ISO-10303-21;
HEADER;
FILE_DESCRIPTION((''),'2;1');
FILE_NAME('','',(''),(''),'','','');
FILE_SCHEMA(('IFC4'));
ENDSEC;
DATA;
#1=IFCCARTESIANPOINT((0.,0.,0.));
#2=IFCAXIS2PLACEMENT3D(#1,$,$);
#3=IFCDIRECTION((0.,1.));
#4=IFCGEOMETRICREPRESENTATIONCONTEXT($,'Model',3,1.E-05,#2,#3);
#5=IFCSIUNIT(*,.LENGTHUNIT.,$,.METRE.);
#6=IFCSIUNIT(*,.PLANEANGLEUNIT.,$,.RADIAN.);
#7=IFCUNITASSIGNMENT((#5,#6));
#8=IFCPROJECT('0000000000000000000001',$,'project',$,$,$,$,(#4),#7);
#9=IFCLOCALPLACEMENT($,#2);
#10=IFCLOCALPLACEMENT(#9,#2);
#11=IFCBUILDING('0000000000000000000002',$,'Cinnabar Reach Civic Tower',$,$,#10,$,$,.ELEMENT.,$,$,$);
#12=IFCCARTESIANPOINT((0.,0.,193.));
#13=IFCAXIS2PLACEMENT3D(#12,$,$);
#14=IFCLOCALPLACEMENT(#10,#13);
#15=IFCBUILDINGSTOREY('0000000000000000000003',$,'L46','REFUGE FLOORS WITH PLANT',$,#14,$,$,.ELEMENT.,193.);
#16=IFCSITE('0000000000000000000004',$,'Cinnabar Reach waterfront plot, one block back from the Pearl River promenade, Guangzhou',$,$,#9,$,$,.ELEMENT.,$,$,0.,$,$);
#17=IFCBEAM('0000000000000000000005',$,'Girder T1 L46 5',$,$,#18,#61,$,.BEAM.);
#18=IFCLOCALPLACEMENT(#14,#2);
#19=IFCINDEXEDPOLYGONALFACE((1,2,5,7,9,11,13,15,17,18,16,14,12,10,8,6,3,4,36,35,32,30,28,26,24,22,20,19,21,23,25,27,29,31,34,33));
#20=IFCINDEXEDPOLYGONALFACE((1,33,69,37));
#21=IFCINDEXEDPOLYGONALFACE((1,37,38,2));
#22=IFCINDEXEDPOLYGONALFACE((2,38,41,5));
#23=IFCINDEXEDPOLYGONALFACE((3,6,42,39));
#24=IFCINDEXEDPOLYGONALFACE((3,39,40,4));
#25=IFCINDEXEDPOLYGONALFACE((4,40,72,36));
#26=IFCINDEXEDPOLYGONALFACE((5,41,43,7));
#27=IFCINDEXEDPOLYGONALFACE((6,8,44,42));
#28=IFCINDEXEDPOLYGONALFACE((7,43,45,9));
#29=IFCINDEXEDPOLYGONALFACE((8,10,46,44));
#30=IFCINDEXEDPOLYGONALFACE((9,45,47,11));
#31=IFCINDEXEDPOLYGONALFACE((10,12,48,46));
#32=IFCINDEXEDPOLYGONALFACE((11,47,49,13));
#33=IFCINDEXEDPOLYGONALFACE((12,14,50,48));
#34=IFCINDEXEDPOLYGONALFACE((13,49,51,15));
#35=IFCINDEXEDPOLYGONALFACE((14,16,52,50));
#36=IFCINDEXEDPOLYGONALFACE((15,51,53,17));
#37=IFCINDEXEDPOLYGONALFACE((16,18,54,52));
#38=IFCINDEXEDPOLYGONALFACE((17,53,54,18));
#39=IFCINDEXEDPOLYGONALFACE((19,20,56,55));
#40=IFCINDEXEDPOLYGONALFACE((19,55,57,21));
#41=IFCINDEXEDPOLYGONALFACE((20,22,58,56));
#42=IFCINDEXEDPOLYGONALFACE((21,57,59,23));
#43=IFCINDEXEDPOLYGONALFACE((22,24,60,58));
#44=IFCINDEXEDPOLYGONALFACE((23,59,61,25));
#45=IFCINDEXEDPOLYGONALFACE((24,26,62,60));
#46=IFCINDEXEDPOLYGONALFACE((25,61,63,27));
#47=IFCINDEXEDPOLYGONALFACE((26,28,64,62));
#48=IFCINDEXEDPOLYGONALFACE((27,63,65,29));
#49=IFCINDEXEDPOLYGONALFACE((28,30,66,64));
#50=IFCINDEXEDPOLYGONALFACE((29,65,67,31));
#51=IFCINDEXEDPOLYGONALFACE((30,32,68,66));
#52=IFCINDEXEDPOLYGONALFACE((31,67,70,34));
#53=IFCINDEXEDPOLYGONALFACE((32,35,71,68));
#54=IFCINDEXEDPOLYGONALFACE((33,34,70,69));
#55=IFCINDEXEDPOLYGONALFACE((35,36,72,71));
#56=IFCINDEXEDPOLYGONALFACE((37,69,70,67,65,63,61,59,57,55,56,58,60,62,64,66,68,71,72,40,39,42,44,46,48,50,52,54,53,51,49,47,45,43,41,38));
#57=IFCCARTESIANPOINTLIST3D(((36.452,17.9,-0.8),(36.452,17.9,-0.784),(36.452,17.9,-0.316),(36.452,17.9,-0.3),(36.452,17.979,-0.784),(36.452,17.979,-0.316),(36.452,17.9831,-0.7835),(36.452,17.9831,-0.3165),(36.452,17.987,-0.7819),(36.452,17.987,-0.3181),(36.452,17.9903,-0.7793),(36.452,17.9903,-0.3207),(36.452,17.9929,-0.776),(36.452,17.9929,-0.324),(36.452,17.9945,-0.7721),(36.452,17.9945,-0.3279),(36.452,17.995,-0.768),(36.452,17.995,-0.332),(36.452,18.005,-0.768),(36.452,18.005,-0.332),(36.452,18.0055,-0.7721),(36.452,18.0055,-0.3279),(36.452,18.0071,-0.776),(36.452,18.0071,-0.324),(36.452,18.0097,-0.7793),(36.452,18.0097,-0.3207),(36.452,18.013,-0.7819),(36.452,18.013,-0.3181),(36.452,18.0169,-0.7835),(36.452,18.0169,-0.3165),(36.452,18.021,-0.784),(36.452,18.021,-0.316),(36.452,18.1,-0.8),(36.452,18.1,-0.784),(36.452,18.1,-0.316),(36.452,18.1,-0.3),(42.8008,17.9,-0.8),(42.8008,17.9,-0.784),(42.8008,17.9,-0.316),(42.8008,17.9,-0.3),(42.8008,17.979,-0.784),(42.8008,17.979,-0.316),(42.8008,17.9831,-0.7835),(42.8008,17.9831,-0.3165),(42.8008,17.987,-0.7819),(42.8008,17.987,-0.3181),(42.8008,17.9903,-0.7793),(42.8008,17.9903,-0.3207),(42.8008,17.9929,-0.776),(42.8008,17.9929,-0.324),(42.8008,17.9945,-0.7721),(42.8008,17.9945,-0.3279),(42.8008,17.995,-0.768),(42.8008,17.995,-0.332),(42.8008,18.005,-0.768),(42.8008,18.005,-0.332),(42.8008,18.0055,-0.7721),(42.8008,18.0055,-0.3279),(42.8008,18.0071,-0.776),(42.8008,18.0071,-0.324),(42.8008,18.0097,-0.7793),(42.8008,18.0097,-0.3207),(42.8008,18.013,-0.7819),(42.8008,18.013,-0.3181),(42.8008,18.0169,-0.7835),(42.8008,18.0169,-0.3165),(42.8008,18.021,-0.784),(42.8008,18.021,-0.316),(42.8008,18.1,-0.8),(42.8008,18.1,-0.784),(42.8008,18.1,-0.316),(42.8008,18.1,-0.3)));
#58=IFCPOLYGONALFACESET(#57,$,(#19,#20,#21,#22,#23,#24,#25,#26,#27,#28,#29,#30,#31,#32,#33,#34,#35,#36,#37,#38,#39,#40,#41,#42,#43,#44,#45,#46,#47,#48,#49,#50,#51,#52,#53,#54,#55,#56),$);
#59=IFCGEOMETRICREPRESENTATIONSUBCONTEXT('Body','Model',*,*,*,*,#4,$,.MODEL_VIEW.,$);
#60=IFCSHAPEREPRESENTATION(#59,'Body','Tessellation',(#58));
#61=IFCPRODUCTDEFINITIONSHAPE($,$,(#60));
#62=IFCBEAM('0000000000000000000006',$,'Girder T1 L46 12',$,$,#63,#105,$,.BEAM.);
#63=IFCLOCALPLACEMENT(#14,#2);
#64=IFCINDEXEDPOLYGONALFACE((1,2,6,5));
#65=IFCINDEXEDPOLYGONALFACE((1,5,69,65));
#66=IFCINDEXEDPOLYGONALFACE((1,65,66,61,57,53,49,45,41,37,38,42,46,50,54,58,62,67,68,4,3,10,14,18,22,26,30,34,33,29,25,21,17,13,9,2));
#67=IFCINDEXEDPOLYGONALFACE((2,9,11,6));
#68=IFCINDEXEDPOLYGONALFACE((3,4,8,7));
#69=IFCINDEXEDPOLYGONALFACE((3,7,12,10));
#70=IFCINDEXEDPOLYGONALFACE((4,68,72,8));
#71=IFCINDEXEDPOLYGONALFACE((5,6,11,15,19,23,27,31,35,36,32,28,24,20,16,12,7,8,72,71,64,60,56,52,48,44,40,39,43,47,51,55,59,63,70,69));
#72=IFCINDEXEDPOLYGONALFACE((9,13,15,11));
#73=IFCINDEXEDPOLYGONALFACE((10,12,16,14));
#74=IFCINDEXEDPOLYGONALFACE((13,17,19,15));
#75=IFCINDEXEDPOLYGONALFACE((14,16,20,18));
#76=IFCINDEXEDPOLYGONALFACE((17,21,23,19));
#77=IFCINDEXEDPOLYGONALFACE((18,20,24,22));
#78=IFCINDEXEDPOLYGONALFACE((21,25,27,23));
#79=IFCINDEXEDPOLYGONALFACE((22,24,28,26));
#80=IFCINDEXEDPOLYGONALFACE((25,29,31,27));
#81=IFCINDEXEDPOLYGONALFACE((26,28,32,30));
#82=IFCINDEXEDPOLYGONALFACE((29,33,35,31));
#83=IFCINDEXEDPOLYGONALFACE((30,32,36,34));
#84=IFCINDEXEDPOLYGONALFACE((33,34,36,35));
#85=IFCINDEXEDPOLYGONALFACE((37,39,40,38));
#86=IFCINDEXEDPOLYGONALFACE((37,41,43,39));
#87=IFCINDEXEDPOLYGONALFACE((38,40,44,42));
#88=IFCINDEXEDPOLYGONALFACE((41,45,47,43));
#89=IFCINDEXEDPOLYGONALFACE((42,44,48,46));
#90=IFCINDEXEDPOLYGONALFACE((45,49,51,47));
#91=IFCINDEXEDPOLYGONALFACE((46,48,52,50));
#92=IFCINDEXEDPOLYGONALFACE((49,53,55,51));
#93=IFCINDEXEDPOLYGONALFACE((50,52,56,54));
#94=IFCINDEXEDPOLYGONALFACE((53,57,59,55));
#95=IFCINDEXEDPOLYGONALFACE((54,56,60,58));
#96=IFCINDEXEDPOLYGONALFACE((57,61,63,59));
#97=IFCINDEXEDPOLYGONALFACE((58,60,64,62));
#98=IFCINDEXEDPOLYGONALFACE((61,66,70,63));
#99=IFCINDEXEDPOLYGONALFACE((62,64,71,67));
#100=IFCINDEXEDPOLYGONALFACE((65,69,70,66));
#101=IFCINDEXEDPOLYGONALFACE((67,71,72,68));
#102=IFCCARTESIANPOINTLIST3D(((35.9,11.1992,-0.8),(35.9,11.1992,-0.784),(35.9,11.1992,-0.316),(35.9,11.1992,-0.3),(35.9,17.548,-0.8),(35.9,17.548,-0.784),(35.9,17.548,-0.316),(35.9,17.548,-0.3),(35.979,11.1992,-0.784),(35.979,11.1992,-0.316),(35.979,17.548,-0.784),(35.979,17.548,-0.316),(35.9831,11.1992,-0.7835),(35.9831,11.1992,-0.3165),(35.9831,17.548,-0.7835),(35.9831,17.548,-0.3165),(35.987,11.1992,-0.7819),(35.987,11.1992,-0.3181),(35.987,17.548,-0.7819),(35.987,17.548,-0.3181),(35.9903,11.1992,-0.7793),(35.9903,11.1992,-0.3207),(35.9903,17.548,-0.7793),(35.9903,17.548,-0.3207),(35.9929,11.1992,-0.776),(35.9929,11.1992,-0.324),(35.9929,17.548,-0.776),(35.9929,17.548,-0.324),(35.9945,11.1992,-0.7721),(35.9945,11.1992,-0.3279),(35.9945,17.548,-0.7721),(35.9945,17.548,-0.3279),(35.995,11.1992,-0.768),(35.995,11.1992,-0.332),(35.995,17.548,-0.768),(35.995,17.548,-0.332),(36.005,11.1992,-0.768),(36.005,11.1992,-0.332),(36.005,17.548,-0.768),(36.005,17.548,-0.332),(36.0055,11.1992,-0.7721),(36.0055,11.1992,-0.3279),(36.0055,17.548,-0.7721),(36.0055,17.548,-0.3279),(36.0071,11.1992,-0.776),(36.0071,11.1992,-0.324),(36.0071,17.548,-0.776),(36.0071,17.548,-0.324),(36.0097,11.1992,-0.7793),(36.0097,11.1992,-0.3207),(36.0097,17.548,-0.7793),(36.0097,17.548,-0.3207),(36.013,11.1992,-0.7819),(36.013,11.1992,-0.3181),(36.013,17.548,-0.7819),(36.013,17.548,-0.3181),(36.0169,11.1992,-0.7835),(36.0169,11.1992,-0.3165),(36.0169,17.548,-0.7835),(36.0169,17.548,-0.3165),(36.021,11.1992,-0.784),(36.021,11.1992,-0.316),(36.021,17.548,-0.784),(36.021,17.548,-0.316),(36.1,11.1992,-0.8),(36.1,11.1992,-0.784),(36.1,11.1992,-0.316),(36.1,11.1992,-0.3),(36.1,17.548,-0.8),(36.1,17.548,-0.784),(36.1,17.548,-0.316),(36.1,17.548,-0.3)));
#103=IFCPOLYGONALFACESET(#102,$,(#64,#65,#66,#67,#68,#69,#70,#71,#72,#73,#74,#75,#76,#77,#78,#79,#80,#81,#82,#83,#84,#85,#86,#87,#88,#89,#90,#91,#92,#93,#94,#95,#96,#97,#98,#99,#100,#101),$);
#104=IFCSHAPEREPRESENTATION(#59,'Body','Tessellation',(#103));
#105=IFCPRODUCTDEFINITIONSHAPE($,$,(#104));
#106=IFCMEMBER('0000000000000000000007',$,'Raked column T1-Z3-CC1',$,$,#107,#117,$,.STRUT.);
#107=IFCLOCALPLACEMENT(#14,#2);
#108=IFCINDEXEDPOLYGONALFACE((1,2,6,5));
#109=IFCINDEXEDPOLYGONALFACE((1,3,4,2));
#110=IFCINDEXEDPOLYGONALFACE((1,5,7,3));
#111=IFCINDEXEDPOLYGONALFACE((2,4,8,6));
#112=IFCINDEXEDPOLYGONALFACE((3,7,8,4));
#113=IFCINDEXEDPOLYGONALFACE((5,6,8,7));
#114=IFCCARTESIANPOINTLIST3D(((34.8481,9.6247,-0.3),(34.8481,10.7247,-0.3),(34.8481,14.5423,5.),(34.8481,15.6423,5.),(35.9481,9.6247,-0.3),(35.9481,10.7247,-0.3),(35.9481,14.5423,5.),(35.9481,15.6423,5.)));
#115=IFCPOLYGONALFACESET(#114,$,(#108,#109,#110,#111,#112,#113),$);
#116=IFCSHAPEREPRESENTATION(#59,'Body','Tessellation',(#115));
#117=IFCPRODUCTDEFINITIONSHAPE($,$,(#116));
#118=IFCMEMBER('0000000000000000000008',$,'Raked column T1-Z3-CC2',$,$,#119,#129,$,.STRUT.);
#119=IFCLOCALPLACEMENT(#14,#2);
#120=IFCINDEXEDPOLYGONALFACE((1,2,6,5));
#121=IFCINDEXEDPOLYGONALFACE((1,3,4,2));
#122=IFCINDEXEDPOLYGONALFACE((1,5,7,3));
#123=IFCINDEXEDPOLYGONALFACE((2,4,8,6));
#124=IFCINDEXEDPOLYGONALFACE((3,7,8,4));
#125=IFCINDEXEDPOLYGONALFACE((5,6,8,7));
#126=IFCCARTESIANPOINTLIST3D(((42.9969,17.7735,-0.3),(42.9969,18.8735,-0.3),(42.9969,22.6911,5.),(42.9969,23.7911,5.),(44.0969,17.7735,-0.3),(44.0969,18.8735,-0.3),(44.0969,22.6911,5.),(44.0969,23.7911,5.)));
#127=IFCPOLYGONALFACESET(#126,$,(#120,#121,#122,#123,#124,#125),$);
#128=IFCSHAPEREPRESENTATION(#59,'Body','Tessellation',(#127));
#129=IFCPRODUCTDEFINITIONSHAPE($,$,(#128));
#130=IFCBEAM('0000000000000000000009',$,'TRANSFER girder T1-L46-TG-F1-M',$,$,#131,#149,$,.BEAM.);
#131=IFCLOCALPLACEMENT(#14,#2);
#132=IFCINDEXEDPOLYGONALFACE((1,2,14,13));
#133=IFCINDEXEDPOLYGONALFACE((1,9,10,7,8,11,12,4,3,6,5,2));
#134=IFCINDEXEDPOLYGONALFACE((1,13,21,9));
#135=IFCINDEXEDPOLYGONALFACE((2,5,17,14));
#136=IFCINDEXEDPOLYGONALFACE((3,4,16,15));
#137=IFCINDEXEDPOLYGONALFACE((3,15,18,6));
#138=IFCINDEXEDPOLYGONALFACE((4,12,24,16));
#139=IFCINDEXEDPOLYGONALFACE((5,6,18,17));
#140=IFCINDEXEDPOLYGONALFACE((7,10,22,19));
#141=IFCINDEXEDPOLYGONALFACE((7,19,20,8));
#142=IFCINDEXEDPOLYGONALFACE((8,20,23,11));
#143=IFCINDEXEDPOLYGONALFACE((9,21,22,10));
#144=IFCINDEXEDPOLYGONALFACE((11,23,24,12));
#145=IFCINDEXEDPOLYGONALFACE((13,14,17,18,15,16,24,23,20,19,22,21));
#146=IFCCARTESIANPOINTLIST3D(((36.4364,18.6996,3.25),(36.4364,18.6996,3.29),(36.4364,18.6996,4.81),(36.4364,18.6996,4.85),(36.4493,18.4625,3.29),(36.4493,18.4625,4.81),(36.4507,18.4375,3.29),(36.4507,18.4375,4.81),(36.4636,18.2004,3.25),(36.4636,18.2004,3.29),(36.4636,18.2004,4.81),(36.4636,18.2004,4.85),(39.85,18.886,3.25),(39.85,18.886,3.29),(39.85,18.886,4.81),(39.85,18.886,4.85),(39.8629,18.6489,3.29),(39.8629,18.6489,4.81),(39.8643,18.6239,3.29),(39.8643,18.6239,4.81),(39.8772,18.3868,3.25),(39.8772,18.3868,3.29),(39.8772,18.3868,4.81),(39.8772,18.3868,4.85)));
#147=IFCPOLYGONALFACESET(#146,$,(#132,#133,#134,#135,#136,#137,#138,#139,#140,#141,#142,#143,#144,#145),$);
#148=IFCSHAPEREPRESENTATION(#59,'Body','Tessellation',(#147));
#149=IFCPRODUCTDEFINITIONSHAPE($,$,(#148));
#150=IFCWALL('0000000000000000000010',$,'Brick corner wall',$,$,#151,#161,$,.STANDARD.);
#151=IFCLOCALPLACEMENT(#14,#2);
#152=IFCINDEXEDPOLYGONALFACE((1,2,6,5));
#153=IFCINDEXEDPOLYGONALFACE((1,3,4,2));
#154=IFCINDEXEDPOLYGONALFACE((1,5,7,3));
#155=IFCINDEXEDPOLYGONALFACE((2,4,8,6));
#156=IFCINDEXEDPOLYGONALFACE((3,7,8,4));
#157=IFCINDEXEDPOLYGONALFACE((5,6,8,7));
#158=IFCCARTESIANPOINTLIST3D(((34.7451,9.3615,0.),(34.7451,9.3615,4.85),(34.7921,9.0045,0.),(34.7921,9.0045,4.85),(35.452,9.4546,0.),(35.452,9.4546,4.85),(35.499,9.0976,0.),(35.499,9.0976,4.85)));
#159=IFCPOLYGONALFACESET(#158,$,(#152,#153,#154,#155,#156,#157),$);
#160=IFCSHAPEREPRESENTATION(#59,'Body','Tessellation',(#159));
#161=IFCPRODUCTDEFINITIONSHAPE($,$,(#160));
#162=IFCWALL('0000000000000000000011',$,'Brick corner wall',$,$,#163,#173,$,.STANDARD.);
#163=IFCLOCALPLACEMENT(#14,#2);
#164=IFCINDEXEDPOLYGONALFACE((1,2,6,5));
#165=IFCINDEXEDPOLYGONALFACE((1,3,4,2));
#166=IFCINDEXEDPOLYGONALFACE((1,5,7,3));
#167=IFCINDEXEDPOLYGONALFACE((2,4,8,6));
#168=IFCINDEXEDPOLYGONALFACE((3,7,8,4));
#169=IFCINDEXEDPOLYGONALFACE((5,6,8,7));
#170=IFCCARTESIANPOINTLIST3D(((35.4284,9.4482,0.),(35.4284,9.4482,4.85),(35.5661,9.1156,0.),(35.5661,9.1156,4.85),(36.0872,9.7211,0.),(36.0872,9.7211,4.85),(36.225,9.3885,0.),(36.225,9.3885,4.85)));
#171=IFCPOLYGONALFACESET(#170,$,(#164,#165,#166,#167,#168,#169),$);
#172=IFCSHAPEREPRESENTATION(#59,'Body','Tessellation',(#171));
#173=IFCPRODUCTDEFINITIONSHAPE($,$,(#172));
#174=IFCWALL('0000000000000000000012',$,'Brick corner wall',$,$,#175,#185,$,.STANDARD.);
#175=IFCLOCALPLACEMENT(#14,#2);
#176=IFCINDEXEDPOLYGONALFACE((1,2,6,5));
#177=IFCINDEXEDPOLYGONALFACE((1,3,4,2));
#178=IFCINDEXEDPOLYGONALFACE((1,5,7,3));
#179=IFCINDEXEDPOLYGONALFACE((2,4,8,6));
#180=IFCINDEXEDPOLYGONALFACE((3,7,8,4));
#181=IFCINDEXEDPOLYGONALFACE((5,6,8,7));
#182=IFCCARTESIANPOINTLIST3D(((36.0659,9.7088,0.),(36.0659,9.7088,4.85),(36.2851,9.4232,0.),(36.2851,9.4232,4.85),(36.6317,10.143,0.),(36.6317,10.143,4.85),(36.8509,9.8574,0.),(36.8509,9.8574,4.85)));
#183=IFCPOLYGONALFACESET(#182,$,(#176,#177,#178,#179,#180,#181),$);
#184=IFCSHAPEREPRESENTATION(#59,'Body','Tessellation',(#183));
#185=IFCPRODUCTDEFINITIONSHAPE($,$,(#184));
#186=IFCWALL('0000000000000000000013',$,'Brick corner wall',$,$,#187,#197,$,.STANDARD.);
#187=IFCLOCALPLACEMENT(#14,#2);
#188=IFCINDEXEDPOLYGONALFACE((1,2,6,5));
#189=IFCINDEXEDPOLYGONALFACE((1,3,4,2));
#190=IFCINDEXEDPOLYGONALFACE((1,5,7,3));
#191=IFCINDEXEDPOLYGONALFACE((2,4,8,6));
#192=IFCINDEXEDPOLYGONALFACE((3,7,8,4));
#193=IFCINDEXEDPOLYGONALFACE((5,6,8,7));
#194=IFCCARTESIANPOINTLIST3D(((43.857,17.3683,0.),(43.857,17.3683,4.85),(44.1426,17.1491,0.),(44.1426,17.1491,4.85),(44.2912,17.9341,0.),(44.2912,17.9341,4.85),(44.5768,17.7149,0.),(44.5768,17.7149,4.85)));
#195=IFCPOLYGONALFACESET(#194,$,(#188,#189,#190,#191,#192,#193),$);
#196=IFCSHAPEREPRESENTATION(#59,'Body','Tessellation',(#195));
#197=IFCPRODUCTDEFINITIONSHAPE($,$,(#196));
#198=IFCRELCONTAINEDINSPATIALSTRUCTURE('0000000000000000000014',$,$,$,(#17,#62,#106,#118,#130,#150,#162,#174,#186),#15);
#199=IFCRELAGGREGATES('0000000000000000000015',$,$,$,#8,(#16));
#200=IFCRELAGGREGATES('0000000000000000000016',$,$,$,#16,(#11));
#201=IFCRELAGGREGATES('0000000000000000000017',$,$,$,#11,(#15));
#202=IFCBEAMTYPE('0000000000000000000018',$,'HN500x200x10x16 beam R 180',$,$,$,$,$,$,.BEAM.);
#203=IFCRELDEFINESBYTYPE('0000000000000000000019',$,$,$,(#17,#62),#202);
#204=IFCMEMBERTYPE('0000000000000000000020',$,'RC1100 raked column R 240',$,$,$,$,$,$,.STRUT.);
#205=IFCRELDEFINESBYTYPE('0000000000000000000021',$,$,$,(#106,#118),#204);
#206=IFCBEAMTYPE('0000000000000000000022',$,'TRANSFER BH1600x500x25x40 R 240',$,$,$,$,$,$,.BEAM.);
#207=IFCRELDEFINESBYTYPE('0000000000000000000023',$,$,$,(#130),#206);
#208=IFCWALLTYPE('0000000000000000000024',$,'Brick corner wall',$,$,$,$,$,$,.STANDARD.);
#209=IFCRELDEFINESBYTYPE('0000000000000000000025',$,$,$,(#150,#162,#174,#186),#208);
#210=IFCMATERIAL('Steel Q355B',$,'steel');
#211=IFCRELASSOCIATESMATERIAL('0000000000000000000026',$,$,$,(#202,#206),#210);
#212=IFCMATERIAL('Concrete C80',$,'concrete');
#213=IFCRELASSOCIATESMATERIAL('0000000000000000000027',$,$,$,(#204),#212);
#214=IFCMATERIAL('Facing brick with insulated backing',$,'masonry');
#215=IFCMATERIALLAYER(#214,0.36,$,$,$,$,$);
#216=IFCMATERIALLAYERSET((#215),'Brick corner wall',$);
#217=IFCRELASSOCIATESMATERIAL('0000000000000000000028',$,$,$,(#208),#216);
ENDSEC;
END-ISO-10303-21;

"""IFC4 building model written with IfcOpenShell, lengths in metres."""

from ifc_helpers import new_model, si_unit, direction, frame, frame_2d, origin, origin_2d, place, context, subcontext, project, spatial, rectangle, i_section, extrude, material, layer, layer_set, material_profile, profile_set, type_object, element, save


model = new_model("IFC4")

# Units and contexts
model_context = context("Model", 3, precision=1e-05, world=origin(), true_north=direction((0.0, 1.0)))
body_context = subcontext(model_context, "Body", "Model", "MODEL_VIEW")
ifc_project = project(units=[si_unit("LENGTHUNIT", "METRE"), si_unit("PLANEANGLEUNIT", "RADIAN")], contexts=[model_context])

# Site, building, storey
site_placement = place(None, origin())
site = spatial("IfcSite", under=ifc_project, at=site_placement, Name="Cinnabar Reach waterfront plot, one block back from the Pearl River promenade, Guangzhou", CompositionType="ELEMENT", RefElevation=0.0)
building_placement = place(site_placement, origin())
building = spatial("IfcBuilding", under=site, at=building_placement, Name="Cinnabar Reach Civic Tower", CompositionType="ELEMENT")
storey_placement = place(building_placement, frame((0.0, 0.0, 193.0)))
storey = spatial("IfcBuildingStorey", under=building, at=storey_placement, Name="L46", Description="REFUGE FLOORS WITH PLANT", CompositionType="ELEMENT", Elevation=193.0)

# Shared definitions
ifc_material_1 = material(Name="Concrete C80", Category="concrete")

# Beams
ifc_material_2 = material(Name="Steel Q355B", Category="steel")
ifc_material_profile_1 = material_profile(ifc_material_2, i_section(OverallWidth=0.2, OverallDepth=0.5, WebThickness=0.01, FlangeThickness=0.016, FilletRadius=0.016, at=origin_2d()), Name="HN500x200x10x16")
ifc_profile_set_1 = profile_set([ifc_material_profile_1], Name="Steel Q355B")
beam_type_1 = type_object("IfcBeamType", Name="HN500x200x10x16 beam R 180", PredefinedType="BEAM", material=ifc_profile_set_1)
for number, where, z_axis, x_axis, name in (
    (1, (36.452, 18.0, -0.55), (1.0, 0.0, 0.0), (0.0, 1.0, 0.0), "Girder T1 L46 5"),
    (2, (36.0, 11.1992, -0.55), (0.0, 1.0, 0.0), (-1.0, 0.0, 0.0), "Girder T1 L46 12"),
):
    element("IfcBeam", number, at=place(storey_placement, frame(where, z_axis=z_axis, x_axis=x_axis)), inside=storey, type_object=beam_type_1, Name=name, PredefinedType="BEAM", context=body_context, shape_type="SweptSolid", body=[
        extrude(i_section(OverallWidth=0.2, OverallDepth=0.5, WebThickness=0.01, FlangeThickness=0.016, FilletRadius=0.016, at=origin_2d()), origin(), (0.0, 0.0, 1.0), 6.3488),
    ])

# Members
ifc_material_profile_2 = material_profile(ifc_material_1, rectangle(XDim=1.1, YDim=1.1, at=origin_2d()), Name="RC1100")
ifc_profile_set_2 = profile_set([ifc_material_profile_2], Name="Concrete C80")
member_type = type_object("IfcMemberType", Name="RC1100 raked column R 240", PredefinedType="STRUT", material=ifc_profile_set_2)
for number, where, z_axis, x_axis, name in (
    (3, (35.3981, 10.1747, -0.3), (0.0, 0.0, 1.0), (1.0, 0.0, 0.0), "Raked column T1-Z3-CC1"),
    (4, (43.5469, 18.3235, -0.3), (0.0, 0.0, 1.0), (1.0, 0.0, 0.0), "Raked column T1-Z3-CC2"),
):
    element("IfcMember", number, at=place(storey_placement, frame(where, z_axis=z_axis, x_axis=x_axis)), inside=storey, type_object=member_type, Name=name, PredefinedType="STRUT", context=body_context, shape_type="SweptSolid", body=[
        extrude(rectangle(XDim=1.1, YDim=1.1, at=origin_2d()), origin(), (0.0, 0.680167, 0.733057), 7.23),
    ])

# Beam
ifc_material_profile_3 = material_profile(ifc_material_2, i_section(OverallWidth=0.5, OverallDepth=1.6, WebThickness=0.025, FlangeThickness=0.04, at=origin_2d()), Name="BH1600x500x25x40")
ifc_profile_set_3 = profile_set([ifc_material_profile_3], Name="Steel Q355B")
beam_type_2 = type_object("IfcBeamType", Name="TRANSFER BH1600x500x25x40 R 240", PredefinedType="BEAM", material=ifc_profile_set_3)
beam_1_placement = place(storey_placement, frame((36.45, 18.45, 4.05), z_axis=(0.998512, 0.054524, 0.0), x_axis=(-0.054524, 0.998512, 0.0)))
element("IfcBeam", 5, at=beam_1_placement, inside=storey, type_object=beam_type_2, Name="TRANSFER girder T1-L46-TG-F1-M", PredefinedType="BEAM", context=body_context, shape_type="SweptSolid", body=[
    extrude(i_section(OverallWidth=0.5, OverallDepth=1.6, WebThickness=0.025, FlangeThickness=0.04, at=origin_2d()), origin(), (0.0, 0.0, 1.0), 3.4187),
])

# Walls
ifc_material_3 = material(Name="Facing brick with insulated backing", Category="masonry")
ifc_layer_1 = layer(ifc_material_3, 0.36)
ifc_layer_set_1 = layer_set([ifc_layer_1], Name="Brick corner wall")
wall_type_1 = type_object("IfcWallType", Name="Brick corner wall", PredefinedType="STANDARD", material=ifc_layer_set_1)
for number, where, z_axis, x_axis, name in (
    (6, (34.7686, 9.183, 0.0), (0.0, 0.0, 1.0), (0.991441, 0.130556, 0.0), "Brick corner wall"),
    (7, (35.4973, 9.2819, 0.0), (0.0, 0.0, 1.0), (0.923872, 0.382703, 0.0), "Brick corner wall"),
):
    element("IfcWall", number, at=place(storey_placement, frame(where, z_axis=z_axis, x_axis=x_axis)), inside=storey, type_object=wall_type_1, Name=name, PredefinedType="STANDARD", context=body_context, shape_type="SweptSolid", body=[
        extrude(rectangle(XDim=0.7131, YDim=0.36, at=frame_2d((0.3565, 0.0))), origin(), (0.0, 0.0, 1.0), 4.85),
    ])
for number, where, z_axis, x_axis, name in (
    (8, (36.1755, 9.566, 0.0), (0.0, 0.0, 1.0), (0.793322, 0.608802, 0.0), "Brick corner wall"),
    (9, (43.9998, 17.2587, 0.0), (0.0, 0.0, 1.0), (0.608802, 0.793322, 0.0), "Brick corner wall"),
):
    element("IfcWall", number, at=place(storey_placement, frame(where, z_axis=z_axis, x_axis=x_axis)), inside=storey, type_object=wall_type_1, Name=name, PredefinedType="STANDARD", context=body_context, shape_type="SweptSolid", body=[
        extrude(rectangle(XDim=0.7132, YDim=0.36, at=frame_2d((0.3566, 0.0))), origin(), (0.0, 0.0, 1.0), 4.85),
    ])

save(model, "model.ifc")
